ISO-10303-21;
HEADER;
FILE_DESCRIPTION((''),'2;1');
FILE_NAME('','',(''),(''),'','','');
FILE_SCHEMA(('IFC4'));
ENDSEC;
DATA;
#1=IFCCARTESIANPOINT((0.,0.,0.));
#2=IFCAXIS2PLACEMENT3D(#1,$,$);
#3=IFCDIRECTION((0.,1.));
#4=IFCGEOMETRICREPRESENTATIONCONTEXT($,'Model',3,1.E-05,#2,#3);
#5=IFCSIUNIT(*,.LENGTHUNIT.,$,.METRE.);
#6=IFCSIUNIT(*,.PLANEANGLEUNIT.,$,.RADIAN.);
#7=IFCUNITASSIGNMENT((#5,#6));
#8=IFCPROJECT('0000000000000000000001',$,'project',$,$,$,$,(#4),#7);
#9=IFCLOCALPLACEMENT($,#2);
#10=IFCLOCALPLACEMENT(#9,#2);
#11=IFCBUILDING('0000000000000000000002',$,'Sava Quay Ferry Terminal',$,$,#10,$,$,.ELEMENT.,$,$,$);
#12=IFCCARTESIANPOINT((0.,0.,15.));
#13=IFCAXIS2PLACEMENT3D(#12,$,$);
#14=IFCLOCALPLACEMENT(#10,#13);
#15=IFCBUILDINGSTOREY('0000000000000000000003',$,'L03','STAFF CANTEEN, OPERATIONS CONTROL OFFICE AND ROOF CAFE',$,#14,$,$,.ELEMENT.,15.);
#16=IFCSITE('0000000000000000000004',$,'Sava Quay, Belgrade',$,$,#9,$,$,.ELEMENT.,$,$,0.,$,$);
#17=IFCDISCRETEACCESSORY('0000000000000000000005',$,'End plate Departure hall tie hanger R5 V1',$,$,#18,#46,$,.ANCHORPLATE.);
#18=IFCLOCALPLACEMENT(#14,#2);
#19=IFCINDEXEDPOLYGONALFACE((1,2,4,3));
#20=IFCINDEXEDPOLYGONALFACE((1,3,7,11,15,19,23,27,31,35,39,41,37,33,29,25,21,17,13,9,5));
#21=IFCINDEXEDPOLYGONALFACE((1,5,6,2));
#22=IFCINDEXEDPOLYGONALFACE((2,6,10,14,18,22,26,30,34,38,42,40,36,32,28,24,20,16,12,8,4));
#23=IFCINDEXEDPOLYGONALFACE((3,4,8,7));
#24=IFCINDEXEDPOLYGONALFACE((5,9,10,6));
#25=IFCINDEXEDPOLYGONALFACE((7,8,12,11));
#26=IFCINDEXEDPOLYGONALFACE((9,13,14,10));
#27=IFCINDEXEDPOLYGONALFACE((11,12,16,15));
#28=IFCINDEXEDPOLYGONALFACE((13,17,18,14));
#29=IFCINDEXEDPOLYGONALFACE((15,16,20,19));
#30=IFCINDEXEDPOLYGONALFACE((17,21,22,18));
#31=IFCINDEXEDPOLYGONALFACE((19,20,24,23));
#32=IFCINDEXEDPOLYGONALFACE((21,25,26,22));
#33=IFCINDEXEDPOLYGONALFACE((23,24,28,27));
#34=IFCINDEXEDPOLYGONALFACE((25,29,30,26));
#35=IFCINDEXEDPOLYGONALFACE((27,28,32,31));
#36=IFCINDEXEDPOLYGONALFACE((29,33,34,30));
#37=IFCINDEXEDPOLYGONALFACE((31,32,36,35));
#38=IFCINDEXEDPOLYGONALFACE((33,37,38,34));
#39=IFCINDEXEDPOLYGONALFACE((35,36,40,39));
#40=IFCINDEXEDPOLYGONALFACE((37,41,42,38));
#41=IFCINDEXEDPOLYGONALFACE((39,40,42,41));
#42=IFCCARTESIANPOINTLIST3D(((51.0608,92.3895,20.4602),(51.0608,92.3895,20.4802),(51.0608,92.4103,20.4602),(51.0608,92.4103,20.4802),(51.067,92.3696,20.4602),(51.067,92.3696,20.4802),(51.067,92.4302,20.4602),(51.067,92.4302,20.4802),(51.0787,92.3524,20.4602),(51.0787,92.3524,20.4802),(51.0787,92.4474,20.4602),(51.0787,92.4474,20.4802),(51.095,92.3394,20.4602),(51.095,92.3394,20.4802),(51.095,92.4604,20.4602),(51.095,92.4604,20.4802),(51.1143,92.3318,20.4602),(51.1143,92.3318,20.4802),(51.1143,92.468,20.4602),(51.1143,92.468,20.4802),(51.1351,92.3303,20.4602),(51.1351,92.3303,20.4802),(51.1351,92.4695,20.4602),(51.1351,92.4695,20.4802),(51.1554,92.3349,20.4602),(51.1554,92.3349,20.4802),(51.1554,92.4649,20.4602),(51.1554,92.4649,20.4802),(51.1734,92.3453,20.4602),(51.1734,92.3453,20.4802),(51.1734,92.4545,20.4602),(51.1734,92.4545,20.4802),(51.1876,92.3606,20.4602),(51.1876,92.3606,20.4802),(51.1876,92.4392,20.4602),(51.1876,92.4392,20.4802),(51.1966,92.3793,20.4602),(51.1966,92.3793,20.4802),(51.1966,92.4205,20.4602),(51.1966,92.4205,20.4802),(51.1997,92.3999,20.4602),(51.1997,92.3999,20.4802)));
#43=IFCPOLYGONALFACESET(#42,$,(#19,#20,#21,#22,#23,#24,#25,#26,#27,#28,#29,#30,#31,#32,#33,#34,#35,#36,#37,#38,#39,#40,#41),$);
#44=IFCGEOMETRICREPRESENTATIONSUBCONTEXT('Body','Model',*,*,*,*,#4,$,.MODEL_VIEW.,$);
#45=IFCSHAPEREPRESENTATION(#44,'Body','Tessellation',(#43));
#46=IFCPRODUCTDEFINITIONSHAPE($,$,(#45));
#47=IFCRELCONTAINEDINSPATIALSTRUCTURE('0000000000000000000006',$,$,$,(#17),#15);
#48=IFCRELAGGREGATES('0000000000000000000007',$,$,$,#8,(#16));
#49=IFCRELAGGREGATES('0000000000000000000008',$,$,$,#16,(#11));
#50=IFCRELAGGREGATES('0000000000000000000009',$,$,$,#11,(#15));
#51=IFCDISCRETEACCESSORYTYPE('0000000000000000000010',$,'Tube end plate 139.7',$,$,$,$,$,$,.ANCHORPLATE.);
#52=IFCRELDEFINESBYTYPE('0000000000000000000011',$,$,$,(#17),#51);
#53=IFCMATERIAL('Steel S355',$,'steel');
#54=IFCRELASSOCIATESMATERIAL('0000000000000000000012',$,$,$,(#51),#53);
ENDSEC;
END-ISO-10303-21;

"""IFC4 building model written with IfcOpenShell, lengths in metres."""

from ifc_helpers import new_model, si_unit, direction, frame, origin, origin_2d, place, context, subcontext, project, spatial, circle, extrude, material, material_profile, profile_set, type_object, element, save


model = new_model("IFC4")

# Units and contexts
model_context = context("Model", 3, precision=1e-05, world=origin(), true_north=direction((0.0, 1.0)))
body_context = subcontext(model_context, "Body", "Model", "MODEL_VIEW")
ifc_project = project(units=[si_unit("LENGTHUNIT", "METRE"), si_unit("PLANEANGLEUNIT", "RADIAN")], contexts=[model_context])

# Site, building, storey
site_placement = place(None, origin())
site = spatial("IfcSite", under=ifc_project, at=site_placement, Name="Sava Quay, Belgrade", CompositionType="ELEMENT", RefElevation=0.0)
building_placement = place(site_placement, origin())
building = spatial("IfcBuilding", under=site, at=building_placement, Name="Sava Quay Ferry Terminal", CompositionType="ELEMENT")
storey_placement = place(building_placement, frame((0.0, 0.0, 15.0)))
storey = spatial("IfcBuildingStorey", under=building, at=storey_placement, Name="L03", Description="STAFF CANTEEN, OPERATIONS CONTROL OFFICE AND ROOF CAFE", CompositionType="ELEMENT", Elevation=15.0)

# Discrete accessory
ifc_material_1 = material(Name="Steel S355", Category="steel")
ifc_material_profile_1 = material_profile(ifc_material_1, circle(Radius=0.0698, at=origin_2d()), Name="Plate 139.7 dia x 20")
ifc_profile_set_1 = profile_set([ifc_material_profile_1], Name="Steel S355")
discrete_accessory_type_1 = type_object("IfcDiscreteAccessoryType", Name="Tube end plate 139.7", PredefinedType="ANCHORPLATE", material=ifc_profile_set_1)
discrete_accessory_placement = place(storey_placement, frame((51.1299, 92.3999, 20.4602), z_axis=(0.0, 0.0, 1.0), x_axis=(1.0, 0.0, 0.0)))
element("IfcDiscreteAccessory", 1, at=discrete_accessory_placement, inside=storey, type_object=discrete_accessory_type_1, Name="End plate Departure hall tie hanger R5 V1", PredefinedType="ANCHORPLATE", context=body_context, shape_type="SweptSolid", body=[
    extrude(circle(Radius=0.0698, at=origin_2d()), origin(), (0.0, 0.0, 1.0), 0.02),
])

save(model, "model.ifc")
